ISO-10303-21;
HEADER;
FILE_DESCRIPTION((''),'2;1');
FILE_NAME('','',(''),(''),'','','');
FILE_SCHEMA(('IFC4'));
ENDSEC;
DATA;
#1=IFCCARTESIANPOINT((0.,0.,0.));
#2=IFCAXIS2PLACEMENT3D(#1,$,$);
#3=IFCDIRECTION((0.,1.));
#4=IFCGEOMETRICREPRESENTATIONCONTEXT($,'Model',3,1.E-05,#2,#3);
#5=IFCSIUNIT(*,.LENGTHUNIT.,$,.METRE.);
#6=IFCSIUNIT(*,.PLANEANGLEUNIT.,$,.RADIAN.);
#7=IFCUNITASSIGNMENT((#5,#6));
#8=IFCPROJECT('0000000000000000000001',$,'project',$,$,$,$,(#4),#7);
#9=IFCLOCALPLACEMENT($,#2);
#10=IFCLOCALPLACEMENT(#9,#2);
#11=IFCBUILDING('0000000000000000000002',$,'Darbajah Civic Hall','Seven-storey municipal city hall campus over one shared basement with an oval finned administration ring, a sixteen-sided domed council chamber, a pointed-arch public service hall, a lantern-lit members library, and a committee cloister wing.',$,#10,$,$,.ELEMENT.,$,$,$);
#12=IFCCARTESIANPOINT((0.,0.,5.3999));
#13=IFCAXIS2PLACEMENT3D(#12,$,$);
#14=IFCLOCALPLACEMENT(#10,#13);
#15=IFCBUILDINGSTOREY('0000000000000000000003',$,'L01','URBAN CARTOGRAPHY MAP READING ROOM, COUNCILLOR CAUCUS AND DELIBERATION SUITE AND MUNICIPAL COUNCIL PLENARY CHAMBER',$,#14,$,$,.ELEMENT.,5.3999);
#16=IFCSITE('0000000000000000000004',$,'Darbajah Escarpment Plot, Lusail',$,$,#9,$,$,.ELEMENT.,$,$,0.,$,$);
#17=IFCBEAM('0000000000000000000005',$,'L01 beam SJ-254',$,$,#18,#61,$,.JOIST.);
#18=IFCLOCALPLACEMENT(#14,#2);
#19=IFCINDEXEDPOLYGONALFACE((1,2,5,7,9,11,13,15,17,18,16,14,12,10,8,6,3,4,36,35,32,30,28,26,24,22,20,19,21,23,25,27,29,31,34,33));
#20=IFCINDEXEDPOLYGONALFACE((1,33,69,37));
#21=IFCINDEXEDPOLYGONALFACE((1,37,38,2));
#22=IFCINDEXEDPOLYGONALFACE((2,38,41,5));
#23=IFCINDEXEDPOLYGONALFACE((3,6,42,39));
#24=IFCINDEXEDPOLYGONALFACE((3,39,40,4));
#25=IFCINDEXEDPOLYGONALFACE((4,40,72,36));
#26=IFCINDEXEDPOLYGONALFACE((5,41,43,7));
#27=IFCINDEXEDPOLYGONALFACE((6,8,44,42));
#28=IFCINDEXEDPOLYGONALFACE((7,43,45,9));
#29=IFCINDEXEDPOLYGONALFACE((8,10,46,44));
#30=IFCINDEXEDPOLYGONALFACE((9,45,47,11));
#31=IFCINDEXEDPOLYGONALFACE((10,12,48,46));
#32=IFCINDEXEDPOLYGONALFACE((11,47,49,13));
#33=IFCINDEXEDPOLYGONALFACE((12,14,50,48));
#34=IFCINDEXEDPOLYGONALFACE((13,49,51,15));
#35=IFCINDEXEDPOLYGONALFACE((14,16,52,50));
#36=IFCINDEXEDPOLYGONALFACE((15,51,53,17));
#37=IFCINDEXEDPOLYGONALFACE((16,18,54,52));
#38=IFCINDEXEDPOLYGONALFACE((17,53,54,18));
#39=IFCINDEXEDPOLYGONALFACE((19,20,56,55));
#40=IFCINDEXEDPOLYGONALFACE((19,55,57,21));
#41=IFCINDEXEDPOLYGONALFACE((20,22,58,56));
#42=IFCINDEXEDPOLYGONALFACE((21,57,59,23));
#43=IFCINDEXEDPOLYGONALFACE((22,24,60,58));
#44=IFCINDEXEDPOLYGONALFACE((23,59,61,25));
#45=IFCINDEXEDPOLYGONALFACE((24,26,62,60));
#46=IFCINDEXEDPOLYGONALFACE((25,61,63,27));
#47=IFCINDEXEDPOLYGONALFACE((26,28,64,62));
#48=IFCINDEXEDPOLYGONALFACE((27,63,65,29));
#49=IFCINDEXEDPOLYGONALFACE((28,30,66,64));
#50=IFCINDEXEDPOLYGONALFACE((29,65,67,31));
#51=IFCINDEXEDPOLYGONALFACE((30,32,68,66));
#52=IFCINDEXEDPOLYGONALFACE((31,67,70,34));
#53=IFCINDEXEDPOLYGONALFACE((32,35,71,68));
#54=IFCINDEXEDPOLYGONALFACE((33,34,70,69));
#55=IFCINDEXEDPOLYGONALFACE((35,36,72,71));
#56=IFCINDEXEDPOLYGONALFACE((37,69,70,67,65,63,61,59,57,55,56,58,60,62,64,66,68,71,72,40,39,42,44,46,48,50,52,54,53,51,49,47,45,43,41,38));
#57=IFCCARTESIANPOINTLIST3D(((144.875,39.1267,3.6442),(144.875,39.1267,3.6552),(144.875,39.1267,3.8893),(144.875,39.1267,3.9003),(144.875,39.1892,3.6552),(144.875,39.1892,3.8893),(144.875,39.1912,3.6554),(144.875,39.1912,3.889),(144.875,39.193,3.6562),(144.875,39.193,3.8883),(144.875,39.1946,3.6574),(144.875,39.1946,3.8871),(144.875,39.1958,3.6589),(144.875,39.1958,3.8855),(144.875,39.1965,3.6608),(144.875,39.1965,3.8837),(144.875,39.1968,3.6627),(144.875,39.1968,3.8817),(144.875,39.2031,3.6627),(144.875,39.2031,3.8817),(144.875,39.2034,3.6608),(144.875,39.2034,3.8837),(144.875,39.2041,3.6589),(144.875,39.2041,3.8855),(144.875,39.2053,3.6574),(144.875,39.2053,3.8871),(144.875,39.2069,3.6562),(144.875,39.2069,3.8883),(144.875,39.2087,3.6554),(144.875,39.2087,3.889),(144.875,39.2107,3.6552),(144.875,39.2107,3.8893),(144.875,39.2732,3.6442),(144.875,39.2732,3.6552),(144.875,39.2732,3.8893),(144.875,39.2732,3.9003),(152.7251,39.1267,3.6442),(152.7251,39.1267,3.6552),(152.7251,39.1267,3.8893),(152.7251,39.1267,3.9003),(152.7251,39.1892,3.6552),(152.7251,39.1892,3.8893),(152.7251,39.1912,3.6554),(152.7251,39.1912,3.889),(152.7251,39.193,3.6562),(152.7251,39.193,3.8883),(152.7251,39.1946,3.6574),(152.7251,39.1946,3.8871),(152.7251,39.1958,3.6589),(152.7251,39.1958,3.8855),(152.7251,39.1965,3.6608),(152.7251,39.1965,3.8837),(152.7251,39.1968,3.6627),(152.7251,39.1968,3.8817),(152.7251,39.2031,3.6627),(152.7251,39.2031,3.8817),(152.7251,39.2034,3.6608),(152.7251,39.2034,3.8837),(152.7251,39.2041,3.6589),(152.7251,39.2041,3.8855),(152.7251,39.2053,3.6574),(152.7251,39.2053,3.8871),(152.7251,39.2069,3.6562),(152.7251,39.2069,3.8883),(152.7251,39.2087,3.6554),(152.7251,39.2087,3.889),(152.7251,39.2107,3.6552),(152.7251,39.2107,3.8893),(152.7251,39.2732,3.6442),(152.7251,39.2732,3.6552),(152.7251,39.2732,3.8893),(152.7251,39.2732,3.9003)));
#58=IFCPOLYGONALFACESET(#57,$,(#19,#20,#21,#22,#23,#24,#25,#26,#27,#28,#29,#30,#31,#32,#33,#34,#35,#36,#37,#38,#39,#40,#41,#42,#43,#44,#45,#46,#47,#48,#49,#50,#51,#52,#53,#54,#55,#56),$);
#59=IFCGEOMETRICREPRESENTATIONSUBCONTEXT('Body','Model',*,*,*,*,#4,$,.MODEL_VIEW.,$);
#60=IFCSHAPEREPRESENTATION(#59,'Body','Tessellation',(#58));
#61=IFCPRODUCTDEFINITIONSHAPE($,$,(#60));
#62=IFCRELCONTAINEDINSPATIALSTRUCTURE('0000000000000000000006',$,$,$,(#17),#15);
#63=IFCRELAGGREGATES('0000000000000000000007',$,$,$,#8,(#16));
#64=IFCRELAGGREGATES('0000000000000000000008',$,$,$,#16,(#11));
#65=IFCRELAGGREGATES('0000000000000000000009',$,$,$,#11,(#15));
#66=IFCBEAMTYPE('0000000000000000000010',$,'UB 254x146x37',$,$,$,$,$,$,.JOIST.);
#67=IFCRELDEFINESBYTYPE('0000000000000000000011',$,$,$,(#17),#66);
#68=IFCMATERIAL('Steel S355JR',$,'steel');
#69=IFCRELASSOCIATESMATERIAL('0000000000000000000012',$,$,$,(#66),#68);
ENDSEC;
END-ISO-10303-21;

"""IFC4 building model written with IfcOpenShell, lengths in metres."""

from ifc_helpers import new_model, si_unit, direction, frame, origin, origin_2d, place, context, subcontext, project, spatial, i_section, extrude, material, material_profile, profile_set, type_object, element, save


model = new_model("IFC4")

# Units and contexts
model_context = context("Model", 3, precision=1e-05, world=origin(), true_north=direction((0.0, 1.0)))
body_context = subcontext(model_context, "Body", "Model", "MODEL_VIEW")
ifc_project = project(units=[si_unit("LENGTHUNIT", "METRE"), si_unit("PLANEANGLEUNIT", "RADIAN")], contexts=[model_context])

# Site, building, storey
site_placement = place(None, origin())
site = spatial("IfcSite", under=ifc_project, at=site_placement, Name="Darbajah Escarpment Plot, Lusail", CompositionType="ELEMENT", RefElevation=0.0)
building_placement = place(site_placement, origin())
building = spatial("IfcBuilding", under=site, at=building_placement, Name="Darbajah Civic Hall", Description="Seven-storey municipal city hall campus over one shared basement with an oval finned administration ring, a sixteen-sided domed council chamber, a pointed-arch public service hall, a lantern-lit members library, and a committee cloister wing.", CompositionType="ELEMENT")
storey_placement = place(building_placement, frame((0.0, 0.0, 5.3999)))
storey = spatial("IfcBuildingStorey", under=building, at=storey_placement, Name="L01", Description="URBAN CARTOGRAPHY MAP READING ROOM, COUNCILLOR CAUCUS AND DELIBERATION SUITE AND MUNICIPAL COUNCIL PLENARY CHAMBER", CompositionType="ELEMENT", Elevation=5.3999)

# Beam
ifc_material_1 = material(Name="Steel S355JR", Category="steel")
ifc_material_profile_1 = material_profile(ifc_material_1, i_section(OverallWidth=0.1465, OverallDepth=0.2561, WebThickness=0.0063, FlangeThickness=0.011, FilletRadius=0.0076, at=origin_2d()), Name="UB 254x146x37")
ifc_profile_set_1 = profile_set([ifc_material_profile_1], Name="Steel S355JR")
beam_type_1 = type_object("IfcBeamType", Name="UB 254x146x37", PredefinedType="JOIST", material=ifc_profile_set_1)
for number, where, z_axis, x_axis, name in (
    (1, (144.875, 39.2, 3.7722), (1.0, 0.0, 0.0), (0.0, 1.0, 0.0), "L01 beam SJ-254"),
):
    element("IfcBeam", number, at=place(storey_placement, frame(where, z_axis=z_axis, x_axis=x_axis)), inside=storey, type_object=beam_type_1, Name=name, PredefinedType="JOIST", context=body_context, shape_type="SweptSolid", body=[
        extrude(i_section(OverallWidth=0.1465, OverallDepth=0.2561, WebThickness=0.0063, FlangeThickness=0.011, FilletRadius=0.0076, at=origin_2d()), origin(), (0.0, 0.0, 1.0), 7.8501),
    ])

save(model, "model.ifc")
